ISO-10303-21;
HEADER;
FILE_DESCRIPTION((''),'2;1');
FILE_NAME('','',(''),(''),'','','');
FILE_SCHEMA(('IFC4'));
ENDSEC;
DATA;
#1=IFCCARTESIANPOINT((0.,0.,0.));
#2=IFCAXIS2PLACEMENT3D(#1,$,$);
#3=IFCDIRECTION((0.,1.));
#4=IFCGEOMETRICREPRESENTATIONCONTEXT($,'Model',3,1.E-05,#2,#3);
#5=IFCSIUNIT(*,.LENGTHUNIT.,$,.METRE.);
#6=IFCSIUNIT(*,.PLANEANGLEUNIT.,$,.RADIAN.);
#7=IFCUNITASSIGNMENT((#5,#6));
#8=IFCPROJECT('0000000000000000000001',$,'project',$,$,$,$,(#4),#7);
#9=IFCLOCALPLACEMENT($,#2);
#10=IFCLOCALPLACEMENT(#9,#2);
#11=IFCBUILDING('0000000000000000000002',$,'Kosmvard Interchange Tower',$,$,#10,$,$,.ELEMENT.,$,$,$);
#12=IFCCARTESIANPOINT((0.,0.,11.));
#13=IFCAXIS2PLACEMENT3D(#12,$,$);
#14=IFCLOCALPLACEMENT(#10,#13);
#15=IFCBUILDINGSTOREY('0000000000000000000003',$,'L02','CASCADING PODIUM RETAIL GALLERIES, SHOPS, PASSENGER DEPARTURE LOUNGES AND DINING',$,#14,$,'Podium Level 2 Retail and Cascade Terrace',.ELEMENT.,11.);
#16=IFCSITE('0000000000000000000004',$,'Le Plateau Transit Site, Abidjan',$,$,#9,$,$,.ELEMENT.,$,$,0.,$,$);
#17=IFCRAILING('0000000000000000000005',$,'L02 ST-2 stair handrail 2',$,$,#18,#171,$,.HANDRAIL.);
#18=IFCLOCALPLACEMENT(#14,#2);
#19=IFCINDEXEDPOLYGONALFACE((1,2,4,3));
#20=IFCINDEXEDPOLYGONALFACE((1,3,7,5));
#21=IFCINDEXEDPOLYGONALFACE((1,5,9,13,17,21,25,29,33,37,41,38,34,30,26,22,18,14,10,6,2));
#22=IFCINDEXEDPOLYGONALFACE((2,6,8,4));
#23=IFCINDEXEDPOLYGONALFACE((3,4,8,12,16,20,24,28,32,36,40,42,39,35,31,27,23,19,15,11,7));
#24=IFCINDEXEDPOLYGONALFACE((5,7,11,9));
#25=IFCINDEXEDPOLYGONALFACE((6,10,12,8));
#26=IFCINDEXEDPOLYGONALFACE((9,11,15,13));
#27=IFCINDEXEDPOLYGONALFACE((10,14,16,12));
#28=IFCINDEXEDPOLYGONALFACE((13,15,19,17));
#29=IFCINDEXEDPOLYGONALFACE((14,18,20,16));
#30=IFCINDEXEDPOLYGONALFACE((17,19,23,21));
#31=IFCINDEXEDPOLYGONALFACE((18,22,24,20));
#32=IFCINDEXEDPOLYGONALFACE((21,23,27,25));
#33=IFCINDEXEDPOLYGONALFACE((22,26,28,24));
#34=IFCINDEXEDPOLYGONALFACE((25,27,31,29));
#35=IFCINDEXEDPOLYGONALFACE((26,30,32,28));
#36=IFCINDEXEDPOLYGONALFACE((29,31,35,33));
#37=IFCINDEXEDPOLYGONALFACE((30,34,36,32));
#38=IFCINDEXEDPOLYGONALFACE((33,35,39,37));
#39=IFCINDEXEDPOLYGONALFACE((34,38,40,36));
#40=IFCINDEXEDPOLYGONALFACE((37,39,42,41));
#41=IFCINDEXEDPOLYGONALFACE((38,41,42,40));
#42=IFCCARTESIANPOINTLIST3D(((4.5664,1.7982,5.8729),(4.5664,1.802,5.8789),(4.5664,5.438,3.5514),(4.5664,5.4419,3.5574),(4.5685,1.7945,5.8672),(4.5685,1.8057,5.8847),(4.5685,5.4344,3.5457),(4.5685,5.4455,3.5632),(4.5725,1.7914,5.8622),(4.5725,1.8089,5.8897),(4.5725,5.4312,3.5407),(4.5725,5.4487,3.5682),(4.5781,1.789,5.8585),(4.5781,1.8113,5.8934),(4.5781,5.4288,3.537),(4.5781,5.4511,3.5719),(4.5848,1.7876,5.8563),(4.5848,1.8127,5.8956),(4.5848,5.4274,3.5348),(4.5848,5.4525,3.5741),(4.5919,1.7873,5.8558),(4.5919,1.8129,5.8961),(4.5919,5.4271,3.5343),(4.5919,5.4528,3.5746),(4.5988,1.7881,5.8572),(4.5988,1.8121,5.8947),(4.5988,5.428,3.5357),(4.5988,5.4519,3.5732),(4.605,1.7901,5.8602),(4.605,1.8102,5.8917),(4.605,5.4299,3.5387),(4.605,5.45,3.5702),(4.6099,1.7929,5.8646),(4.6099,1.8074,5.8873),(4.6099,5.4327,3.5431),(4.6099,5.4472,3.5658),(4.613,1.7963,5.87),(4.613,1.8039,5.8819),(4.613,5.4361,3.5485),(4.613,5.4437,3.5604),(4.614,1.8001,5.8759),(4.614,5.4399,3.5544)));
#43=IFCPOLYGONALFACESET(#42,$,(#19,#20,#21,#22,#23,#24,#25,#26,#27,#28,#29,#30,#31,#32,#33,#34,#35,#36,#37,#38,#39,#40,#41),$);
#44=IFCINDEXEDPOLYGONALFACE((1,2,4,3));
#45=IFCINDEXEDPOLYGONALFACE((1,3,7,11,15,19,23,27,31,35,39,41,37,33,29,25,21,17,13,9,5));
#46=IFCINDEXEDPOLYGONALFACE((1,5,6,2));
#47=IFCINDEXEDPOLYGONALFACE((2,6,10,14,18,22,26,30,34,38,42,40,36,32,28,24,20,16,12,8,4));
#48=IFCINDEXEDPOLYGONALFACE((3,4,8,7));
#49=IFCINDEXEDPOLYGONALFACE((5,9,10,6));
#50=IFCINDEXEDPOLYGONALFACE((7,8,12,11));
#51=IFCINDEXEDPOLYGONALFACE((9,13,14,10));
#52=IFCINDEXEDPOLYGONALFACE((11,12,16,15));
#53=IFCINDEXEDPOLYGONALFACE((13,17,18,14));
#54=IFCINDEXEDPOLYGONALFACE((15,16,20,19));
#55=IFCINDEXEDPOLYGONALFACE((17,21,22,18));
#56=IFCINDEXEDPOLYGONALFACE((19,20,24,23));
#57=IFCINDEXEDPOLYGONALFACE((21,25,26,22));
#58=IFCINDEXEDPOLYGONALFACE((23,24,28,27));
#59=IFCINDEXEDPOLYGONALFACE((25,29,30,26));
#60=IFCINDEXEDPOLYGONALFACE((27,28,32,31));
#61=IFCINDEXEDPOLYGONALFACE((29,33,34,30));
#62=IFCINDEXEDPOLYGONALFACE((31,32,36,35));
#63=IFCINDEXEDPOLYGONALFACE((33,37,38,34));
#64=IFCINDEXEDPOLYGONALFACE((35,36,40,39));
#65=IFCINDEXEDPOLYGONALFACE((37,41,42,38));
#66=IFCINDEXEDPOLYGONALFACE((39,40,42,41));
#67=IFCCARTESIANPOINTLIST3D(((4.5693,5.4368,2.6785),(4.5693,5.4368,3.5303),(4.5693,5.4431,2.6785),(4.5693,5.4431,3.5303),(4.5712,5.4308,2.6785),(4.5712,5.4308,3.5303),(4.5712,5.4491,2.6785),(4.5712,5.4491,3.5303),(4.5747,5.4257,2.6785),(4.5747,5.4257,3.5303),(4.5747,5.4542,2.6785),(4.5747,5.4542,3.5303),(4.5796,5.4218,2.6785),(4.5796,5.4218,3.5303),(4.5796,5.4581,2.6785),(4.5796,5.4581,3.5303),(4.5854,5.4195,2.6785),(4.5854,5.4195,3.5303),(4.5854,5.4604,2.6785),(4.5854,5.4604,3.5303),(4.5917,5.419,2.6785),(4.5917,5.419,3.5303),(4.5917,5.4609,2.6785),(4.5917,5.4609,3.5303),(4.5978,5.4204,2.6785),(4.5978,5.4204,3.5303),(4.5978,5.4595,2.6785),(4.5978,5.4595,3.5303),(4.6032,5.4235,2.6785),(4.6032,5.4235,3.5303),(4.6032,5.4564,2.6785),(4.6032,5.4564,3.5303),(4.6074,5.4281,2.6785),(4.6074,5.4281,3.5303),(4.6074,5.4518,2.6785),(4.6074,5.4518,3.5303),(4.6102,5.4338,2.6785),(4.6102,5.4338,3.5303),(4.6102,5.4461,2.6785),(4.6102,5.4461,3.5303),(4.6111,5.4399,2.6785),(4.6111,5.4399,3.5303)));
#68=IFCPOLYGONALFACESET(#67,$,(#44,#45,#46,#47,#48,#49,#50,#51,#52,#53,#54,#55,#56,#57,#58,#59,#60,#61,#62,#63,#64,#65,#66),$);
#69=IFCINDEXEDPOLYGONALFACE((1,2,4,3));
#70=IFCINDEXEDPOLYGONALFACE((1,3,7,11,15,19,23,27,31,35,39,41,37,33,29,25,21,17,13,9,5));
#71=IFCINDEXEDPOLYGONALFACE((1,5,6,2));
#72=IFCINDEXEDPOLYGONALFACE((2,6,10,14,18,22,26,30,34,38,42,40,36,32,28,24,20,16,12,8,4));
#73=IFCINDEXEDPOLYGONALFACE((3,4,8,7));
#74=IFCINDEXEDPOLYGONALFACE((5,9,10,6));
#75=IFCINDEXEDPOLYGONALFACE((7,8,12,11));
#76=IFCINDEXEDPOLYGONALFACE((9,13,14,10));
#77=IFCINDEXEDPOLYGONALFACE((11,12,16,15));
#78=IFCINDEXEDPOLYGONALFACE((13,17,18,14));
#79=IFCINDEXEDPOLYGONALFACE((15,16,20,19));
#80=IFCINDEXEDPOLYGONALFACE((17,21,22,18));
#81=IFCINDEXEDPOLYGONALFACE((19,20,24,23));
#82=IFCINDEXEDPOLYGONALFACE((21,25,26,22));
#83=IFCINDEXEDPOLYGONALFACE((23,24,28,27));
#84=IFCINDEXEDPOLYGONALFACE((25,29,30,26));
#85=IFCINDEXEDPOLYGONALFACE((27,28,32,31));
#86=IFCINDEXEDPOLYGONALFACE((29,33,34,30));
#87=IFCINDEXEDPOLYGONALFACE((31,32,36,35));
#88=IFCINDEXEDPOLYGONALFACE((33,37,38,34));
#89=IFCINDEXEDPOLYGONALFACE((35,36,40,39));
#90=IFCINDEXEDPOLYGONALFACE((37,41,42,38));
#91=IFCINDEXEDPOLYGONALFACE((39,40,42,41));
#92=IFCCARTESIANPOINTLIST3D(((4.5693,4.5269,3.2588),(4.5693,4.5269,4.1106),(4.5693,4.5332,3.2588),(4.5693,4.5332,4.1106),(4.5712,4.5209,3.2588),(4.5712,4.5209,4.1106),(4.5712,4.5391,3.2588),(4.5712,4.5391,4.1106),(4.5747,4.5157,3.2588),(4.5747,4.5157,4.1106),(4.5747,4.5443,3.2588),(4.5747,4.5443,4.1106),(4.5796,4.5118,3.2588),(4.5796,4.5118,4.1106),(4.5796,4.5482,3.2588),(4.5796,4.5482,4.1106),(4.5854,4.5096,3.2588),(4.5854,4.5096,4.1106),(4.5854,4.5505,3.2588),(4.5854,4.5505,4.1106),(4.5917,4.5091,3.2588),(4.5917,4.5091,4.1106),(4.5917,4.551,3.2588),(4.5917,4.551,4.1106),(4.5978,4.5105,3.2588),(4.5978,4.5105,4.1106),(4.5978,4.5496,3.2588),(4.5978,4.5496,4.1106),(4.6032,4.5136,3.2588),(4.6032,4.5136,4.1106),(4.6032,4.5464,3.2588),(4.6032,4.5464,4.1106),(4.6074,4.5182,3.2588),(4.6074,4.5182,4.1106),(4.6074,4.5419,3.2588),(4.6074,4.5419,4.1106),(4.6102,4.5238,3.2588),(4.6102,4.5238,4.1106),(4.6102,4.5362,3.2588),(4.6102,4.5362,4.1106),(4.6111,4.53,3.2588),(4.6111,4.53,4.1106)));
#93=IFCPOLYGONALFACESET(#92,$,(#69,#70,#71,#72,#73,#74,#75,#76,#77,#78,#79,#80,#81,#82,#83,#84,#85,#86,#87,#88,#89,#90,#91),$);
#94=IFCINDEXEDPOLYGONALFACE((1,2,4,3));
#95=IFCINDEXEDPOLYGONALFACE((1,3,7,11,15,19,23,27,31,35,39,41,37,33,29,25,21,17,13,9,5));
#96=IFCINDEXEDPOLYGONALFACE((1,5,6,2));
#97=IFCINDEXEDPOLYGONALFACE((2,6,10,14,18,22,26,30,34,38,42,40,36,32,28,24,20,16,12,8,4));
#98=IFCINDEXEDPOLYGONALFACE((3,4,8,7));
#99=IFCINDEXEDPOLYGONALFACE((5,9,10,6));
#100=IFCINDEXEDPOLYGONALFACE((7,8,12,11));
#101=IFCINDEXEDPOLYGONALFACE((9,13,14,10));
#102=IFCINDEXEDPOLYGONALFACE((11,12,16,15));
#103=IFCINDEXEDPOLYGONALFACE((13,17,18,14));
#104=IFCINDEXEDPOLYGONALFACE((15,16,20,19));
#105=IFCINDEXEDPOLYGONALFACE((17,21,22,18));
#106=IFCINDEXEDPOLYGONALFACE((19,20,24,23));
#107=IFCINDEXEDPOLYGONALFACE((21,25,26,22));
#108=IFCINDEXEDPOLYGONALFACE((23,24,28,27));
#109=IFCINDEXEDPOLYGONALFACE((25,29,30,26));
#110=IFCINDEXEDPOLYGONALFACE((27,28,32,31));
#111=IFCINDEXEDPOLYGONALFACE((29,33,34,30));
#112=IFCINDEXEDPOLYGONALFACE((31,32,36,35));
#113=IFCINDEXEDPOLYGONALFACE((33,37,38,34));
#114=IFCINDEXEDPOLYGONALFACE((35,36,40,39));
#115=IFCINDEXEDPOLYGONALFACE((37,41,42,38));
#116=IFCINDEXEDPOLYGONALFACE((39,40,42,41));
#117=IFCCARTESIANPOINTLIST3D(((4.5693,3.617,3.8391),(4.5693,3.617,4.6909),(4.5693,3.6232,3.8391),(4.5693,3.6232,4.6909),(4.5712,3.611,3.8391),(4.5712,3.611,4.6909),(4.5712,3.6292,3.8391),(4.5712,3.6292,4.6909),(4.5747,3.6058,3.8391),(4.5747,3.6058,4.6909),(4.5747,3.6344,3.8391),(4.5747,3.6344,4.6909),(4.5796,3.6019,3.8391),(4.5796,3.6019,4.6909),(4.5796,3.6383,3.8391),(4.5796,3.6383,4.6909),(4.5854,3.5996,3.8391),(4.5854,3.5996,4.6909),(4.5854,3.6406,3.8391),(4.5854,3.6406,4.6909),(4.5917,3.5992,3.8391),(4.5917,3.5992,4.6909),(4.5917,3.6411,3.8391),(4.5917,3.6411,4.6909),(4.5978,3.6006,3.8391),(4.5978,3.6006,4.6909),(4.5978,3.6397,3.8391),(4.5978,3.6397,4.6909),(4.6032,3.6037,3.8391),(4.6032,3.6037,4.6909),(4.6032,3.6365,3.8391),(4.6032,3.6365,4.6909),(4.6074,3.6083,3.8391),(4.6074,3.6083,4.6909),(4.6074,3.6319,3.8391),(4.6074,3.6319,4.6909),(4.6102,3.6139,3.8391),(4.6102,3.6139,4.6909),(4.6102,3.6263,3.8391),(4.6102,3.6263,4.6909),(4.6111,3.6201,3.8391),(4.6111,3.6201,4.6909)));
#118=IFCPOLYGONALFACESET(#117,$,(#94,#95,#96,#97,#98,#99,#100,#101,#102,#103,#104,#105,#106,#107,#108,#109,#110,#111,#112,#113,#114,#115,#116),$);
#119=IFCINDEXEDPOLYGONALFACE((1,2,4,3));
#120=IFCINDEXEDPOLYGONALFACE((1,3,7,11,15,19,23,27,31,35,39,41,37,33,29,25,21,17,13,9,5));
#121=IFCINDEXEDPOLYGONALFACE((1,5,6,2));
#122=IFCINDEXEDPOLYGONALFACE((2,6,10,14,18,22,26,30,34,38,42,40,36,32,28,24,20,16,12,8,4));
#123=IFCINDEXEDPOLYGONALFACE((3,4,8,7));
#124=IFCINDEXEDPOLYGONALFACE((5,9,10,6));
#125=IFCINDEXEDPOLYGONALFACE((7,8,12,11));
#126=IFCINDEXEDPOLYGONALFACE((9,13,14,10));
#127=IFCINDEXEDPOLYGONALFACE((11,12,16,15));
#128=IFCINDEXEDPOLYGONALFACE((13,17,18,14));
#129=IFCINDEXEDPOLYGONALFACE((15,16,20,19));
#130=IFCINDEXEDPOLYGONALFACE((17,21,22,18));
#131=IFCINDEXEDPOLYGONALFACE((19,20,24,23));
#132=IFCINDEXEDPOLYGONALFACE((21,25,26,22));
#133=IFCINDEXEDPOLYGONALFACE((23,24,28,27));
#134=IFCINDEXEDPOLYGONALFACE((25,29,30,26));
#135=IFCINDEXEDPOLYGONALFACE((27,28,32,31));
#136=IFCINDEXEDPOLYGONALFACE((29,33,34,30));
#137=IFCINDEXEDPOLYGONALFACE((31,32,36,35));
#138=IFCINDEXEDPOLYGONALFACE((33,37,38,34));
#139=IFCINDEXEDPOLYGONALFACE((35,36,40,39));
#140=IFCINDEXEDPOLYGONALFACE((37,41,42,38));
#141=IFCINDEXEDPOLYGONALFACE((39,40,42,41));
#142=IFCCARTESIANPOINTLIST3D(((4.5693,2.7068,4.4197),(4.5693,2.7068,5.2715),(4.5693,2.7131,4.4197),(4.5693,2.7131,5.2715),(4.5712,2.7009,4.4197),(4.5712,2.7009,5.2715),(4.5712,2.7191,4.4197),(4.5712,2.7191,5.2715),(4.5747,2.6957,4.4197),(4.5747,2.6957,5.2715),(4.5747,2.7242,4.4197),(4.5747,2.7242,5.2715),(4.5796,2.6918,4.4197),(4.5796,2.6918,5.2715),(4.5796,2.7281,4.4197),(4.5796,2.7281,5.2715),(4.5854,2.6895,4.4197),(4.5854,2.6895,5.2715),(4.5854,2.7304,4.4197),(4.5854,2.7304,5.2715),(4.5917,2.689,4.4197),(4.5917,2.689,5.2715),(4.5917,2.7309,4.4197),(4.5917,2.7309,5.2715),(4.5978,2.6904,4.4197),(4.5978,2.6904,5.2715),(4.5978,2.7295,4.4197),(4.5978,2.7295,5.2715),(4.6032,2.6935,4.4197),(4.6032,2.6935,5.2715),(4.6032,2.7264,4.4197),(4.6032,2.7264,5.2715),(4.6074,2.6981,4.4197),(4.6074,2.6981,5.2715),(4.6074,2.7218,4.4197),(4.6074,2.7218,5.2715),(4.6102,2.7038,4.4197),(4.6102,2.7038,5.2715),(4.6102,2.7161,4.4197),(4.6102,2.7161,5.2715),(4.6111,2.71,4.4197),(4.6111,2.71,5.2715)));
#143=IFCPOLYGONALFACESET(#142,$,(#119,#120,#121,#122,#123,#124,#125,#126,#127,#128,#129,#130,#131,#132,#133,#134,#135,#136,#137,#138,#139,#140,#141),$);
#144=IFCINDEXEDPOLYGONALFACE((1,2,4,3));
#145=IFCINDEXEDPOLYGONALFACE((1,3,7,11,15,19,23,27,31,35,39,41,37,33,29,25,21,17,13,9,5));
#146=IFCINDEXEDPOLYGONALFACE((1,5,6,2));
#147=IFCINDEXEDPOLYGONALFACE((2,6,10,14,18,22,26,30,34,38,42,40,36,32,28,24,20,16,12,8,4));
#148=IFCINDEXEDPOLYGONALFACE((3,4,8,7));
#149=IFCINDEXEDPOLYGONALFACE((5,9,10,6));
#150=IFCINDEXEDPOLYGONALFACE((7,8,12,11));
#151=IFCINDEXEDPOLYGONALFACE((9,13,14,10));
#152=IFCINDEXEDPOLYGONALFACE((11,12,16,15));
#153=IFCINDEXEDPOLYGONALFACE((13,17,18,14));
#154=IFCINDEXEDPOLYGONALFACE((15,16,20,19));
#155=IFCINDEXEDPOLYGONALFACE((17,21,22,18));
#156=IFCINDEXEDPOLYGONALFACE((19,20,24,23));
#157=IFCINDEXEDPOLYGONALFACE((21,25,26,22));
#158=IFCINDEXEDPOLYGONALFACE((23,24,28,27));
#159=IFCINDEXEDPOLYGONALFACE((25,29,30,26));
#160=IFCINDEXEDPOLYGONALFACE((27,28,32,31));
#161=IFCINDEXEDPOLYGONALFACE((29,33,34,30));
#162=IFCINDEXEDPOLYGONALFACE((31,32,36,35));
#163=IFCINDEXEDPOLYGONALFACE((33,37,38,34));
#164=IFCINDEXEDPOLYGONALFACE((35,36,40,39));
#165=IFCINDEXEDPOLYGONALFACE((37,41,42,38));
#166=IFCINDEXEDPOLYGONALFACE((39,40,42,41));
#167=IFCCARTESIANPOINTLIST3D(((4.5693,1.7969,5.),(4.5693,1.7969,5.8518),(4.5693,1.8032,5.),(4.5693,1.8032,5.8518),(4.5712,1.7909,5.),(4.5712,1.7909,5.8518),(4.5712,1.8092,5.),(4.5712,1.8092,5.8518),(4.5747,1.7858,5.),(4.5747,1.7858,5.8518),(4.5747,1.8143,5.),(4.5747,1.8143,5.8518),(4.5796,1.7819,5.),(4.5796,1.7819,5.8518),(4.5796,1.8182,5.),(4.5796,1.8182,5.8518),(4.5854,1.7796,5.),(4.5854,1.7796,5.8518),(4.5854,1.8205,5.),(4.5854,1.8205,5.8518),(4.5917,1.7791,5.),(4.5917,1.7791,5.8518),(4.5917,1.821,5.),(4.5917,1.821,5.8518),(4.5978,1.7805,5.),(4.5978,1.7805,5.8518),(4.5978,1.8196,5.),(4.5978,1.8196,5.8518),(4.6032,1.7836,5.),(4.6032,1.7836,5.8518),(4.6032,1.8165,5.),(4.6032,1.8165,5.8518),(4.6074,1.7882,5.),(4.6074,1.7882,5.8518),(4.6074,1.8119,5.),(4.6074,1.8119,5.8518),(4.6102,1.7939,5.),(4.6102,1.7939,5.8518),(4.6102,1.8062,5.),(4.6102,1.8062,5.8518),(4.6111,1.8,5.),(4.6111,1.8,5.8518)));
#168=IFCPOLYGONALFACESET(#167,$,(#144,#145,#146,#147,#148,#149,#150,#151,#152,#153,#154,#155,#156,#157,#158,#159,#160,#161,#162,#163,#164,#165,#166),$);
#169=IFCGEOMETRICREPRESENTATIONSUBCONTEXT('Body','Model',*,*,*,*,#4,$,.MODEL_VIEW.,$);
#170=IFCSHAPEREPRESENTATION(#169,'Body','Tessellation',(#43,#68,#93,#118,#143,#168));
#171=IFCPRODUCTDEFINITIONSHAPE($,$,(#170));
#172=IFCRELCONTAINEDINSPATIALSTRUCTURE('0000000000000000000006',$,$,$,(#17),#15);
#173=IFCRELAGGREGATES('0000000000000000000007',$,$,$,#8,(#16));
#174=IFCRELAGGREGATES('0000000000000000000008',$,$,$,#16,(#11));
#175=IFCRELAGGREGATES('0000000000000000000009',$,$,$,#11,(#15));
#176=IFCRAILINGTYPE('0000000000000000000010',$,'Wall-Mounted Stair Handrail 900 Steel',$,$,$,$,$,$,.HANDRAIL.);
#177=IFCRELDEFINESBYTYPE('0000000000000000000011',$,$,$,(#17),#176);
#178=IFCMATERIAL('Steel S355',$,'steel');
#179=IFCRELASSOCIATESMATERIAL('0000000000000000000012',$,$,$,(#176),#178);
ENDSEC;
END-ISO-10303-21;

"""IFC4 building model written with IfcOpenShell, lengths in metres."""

from ifc_helpers import new_model, si_unit, direction, frame, origin, origin_2d, place, context, subcontext, project, spatial, circle, extrude, source, transform, mapped, material, type_object, element, save


model = new_model("IFC4")

# Units and contexts
model_context = context("Model", 3, precision=1e-05, world=origin(), true_north=direction((0.0, 1.0)))
body_context = subcontext(model_context, "Body", "Model", "MODEL_VIEW")
ifc_project = project(units=[si_unit("LENGTHUNIT", "METRE"), si_unit("PLANEANGLEUNIT", "RADIAN")], contexts=[model_context])

# Site, building, storey
site_placement = place(None, origin())
site = spatial("IfcSite", under=ifc_project, at=site_placement, Name="Le Plateau Transit Site, Abidjan", CompositionType="ELEMENT", RefElevation=0.0)
building_placement = place(site_placement, origin())
building = spatial("IfcBuilding", under=site, at=building_placement, Name="Kosmvard Interchange Tower", CompositionType="ELEMENT")
storey_placement = place(building_placement, frame((0.0, 0.0, 11.0)))
storey = spatial("IfcBuildingStorey", under=building, at=storey_placement, Name="L02", Description="CASCADING PODIUM RETAIL GALLERIES, SHOPS, PASSENGER DEPARTURE LOUNGES AND DINING", LongName="Podium Level 2 Retail and Cascade Terrace", CompositionType="ELEMENT", Elevation=11.0)

# Shared definitions
ifc_material_1 = material(Name="Steel S355", Category="steel")

# Railing
railing_type_1 = type_object("IfcRailingType", Name="Wall-Mounted Stair Handrail 900 Steel", PredefinedType="HANDRAIL", material=ifc_material_1)
shared_shape_1 = source(origin(), body_context, "Body", "SweptSolid", [
    extrude(circle(Radius=0.0239, at=origin_2d()), frame((0.0, 0.0, 0.876), z_axis=(0.0, -0.843112, 0.537739), x_axis=(1.0, 0.0, 0.0)), (0.0, 0.0, 1.0), 4.3171),
    extrude(circle(Radius=0.021, at=origin_2d()), origin(), (0.0, 0.0, 1.0), 0.8518),
    extrude(circle(Radius=0.021, at=origin_2d()), frame((0.0, -0.9099, 0.5803)), (0.0, 0.0, 1.0), 0.8518),
    extrude(circle(Radius=0.021, at=origin_2d()), frame((0.0, -1.8198, 1.1606)), (0.0, 0.0, 1.0), 0.8518),
    extrude(circle(Radius=0.021, at=origin_2d()), frame((0.0, -2.73, 1.7412)), (0.0, 0.0, 1.0), 0.8518),
    extrude(circle(Radius=0.021, at=origin_2d()), frame((0.0, -3.6399, 2.3215)), (0.0, 0.0, 1.0), 0.8518),
])
railing_1_placement = place(storey_placement, frame((4.5901, 5.4399, 2.6785)))
element("IfcRailing", 1, at=railing_1_placement, inside=storey, type_object=railing_type_1, Name="L02 ST-2 stair handrail 2", PredefinedType="HANDRAIL", context=body_context, shape_type="MappedRepresentation", body=[
    mapped(shared_shape_1, transform((0.0, 0.0, 0.0), scale=1.0)),
])

save(model, "model.ifc")
